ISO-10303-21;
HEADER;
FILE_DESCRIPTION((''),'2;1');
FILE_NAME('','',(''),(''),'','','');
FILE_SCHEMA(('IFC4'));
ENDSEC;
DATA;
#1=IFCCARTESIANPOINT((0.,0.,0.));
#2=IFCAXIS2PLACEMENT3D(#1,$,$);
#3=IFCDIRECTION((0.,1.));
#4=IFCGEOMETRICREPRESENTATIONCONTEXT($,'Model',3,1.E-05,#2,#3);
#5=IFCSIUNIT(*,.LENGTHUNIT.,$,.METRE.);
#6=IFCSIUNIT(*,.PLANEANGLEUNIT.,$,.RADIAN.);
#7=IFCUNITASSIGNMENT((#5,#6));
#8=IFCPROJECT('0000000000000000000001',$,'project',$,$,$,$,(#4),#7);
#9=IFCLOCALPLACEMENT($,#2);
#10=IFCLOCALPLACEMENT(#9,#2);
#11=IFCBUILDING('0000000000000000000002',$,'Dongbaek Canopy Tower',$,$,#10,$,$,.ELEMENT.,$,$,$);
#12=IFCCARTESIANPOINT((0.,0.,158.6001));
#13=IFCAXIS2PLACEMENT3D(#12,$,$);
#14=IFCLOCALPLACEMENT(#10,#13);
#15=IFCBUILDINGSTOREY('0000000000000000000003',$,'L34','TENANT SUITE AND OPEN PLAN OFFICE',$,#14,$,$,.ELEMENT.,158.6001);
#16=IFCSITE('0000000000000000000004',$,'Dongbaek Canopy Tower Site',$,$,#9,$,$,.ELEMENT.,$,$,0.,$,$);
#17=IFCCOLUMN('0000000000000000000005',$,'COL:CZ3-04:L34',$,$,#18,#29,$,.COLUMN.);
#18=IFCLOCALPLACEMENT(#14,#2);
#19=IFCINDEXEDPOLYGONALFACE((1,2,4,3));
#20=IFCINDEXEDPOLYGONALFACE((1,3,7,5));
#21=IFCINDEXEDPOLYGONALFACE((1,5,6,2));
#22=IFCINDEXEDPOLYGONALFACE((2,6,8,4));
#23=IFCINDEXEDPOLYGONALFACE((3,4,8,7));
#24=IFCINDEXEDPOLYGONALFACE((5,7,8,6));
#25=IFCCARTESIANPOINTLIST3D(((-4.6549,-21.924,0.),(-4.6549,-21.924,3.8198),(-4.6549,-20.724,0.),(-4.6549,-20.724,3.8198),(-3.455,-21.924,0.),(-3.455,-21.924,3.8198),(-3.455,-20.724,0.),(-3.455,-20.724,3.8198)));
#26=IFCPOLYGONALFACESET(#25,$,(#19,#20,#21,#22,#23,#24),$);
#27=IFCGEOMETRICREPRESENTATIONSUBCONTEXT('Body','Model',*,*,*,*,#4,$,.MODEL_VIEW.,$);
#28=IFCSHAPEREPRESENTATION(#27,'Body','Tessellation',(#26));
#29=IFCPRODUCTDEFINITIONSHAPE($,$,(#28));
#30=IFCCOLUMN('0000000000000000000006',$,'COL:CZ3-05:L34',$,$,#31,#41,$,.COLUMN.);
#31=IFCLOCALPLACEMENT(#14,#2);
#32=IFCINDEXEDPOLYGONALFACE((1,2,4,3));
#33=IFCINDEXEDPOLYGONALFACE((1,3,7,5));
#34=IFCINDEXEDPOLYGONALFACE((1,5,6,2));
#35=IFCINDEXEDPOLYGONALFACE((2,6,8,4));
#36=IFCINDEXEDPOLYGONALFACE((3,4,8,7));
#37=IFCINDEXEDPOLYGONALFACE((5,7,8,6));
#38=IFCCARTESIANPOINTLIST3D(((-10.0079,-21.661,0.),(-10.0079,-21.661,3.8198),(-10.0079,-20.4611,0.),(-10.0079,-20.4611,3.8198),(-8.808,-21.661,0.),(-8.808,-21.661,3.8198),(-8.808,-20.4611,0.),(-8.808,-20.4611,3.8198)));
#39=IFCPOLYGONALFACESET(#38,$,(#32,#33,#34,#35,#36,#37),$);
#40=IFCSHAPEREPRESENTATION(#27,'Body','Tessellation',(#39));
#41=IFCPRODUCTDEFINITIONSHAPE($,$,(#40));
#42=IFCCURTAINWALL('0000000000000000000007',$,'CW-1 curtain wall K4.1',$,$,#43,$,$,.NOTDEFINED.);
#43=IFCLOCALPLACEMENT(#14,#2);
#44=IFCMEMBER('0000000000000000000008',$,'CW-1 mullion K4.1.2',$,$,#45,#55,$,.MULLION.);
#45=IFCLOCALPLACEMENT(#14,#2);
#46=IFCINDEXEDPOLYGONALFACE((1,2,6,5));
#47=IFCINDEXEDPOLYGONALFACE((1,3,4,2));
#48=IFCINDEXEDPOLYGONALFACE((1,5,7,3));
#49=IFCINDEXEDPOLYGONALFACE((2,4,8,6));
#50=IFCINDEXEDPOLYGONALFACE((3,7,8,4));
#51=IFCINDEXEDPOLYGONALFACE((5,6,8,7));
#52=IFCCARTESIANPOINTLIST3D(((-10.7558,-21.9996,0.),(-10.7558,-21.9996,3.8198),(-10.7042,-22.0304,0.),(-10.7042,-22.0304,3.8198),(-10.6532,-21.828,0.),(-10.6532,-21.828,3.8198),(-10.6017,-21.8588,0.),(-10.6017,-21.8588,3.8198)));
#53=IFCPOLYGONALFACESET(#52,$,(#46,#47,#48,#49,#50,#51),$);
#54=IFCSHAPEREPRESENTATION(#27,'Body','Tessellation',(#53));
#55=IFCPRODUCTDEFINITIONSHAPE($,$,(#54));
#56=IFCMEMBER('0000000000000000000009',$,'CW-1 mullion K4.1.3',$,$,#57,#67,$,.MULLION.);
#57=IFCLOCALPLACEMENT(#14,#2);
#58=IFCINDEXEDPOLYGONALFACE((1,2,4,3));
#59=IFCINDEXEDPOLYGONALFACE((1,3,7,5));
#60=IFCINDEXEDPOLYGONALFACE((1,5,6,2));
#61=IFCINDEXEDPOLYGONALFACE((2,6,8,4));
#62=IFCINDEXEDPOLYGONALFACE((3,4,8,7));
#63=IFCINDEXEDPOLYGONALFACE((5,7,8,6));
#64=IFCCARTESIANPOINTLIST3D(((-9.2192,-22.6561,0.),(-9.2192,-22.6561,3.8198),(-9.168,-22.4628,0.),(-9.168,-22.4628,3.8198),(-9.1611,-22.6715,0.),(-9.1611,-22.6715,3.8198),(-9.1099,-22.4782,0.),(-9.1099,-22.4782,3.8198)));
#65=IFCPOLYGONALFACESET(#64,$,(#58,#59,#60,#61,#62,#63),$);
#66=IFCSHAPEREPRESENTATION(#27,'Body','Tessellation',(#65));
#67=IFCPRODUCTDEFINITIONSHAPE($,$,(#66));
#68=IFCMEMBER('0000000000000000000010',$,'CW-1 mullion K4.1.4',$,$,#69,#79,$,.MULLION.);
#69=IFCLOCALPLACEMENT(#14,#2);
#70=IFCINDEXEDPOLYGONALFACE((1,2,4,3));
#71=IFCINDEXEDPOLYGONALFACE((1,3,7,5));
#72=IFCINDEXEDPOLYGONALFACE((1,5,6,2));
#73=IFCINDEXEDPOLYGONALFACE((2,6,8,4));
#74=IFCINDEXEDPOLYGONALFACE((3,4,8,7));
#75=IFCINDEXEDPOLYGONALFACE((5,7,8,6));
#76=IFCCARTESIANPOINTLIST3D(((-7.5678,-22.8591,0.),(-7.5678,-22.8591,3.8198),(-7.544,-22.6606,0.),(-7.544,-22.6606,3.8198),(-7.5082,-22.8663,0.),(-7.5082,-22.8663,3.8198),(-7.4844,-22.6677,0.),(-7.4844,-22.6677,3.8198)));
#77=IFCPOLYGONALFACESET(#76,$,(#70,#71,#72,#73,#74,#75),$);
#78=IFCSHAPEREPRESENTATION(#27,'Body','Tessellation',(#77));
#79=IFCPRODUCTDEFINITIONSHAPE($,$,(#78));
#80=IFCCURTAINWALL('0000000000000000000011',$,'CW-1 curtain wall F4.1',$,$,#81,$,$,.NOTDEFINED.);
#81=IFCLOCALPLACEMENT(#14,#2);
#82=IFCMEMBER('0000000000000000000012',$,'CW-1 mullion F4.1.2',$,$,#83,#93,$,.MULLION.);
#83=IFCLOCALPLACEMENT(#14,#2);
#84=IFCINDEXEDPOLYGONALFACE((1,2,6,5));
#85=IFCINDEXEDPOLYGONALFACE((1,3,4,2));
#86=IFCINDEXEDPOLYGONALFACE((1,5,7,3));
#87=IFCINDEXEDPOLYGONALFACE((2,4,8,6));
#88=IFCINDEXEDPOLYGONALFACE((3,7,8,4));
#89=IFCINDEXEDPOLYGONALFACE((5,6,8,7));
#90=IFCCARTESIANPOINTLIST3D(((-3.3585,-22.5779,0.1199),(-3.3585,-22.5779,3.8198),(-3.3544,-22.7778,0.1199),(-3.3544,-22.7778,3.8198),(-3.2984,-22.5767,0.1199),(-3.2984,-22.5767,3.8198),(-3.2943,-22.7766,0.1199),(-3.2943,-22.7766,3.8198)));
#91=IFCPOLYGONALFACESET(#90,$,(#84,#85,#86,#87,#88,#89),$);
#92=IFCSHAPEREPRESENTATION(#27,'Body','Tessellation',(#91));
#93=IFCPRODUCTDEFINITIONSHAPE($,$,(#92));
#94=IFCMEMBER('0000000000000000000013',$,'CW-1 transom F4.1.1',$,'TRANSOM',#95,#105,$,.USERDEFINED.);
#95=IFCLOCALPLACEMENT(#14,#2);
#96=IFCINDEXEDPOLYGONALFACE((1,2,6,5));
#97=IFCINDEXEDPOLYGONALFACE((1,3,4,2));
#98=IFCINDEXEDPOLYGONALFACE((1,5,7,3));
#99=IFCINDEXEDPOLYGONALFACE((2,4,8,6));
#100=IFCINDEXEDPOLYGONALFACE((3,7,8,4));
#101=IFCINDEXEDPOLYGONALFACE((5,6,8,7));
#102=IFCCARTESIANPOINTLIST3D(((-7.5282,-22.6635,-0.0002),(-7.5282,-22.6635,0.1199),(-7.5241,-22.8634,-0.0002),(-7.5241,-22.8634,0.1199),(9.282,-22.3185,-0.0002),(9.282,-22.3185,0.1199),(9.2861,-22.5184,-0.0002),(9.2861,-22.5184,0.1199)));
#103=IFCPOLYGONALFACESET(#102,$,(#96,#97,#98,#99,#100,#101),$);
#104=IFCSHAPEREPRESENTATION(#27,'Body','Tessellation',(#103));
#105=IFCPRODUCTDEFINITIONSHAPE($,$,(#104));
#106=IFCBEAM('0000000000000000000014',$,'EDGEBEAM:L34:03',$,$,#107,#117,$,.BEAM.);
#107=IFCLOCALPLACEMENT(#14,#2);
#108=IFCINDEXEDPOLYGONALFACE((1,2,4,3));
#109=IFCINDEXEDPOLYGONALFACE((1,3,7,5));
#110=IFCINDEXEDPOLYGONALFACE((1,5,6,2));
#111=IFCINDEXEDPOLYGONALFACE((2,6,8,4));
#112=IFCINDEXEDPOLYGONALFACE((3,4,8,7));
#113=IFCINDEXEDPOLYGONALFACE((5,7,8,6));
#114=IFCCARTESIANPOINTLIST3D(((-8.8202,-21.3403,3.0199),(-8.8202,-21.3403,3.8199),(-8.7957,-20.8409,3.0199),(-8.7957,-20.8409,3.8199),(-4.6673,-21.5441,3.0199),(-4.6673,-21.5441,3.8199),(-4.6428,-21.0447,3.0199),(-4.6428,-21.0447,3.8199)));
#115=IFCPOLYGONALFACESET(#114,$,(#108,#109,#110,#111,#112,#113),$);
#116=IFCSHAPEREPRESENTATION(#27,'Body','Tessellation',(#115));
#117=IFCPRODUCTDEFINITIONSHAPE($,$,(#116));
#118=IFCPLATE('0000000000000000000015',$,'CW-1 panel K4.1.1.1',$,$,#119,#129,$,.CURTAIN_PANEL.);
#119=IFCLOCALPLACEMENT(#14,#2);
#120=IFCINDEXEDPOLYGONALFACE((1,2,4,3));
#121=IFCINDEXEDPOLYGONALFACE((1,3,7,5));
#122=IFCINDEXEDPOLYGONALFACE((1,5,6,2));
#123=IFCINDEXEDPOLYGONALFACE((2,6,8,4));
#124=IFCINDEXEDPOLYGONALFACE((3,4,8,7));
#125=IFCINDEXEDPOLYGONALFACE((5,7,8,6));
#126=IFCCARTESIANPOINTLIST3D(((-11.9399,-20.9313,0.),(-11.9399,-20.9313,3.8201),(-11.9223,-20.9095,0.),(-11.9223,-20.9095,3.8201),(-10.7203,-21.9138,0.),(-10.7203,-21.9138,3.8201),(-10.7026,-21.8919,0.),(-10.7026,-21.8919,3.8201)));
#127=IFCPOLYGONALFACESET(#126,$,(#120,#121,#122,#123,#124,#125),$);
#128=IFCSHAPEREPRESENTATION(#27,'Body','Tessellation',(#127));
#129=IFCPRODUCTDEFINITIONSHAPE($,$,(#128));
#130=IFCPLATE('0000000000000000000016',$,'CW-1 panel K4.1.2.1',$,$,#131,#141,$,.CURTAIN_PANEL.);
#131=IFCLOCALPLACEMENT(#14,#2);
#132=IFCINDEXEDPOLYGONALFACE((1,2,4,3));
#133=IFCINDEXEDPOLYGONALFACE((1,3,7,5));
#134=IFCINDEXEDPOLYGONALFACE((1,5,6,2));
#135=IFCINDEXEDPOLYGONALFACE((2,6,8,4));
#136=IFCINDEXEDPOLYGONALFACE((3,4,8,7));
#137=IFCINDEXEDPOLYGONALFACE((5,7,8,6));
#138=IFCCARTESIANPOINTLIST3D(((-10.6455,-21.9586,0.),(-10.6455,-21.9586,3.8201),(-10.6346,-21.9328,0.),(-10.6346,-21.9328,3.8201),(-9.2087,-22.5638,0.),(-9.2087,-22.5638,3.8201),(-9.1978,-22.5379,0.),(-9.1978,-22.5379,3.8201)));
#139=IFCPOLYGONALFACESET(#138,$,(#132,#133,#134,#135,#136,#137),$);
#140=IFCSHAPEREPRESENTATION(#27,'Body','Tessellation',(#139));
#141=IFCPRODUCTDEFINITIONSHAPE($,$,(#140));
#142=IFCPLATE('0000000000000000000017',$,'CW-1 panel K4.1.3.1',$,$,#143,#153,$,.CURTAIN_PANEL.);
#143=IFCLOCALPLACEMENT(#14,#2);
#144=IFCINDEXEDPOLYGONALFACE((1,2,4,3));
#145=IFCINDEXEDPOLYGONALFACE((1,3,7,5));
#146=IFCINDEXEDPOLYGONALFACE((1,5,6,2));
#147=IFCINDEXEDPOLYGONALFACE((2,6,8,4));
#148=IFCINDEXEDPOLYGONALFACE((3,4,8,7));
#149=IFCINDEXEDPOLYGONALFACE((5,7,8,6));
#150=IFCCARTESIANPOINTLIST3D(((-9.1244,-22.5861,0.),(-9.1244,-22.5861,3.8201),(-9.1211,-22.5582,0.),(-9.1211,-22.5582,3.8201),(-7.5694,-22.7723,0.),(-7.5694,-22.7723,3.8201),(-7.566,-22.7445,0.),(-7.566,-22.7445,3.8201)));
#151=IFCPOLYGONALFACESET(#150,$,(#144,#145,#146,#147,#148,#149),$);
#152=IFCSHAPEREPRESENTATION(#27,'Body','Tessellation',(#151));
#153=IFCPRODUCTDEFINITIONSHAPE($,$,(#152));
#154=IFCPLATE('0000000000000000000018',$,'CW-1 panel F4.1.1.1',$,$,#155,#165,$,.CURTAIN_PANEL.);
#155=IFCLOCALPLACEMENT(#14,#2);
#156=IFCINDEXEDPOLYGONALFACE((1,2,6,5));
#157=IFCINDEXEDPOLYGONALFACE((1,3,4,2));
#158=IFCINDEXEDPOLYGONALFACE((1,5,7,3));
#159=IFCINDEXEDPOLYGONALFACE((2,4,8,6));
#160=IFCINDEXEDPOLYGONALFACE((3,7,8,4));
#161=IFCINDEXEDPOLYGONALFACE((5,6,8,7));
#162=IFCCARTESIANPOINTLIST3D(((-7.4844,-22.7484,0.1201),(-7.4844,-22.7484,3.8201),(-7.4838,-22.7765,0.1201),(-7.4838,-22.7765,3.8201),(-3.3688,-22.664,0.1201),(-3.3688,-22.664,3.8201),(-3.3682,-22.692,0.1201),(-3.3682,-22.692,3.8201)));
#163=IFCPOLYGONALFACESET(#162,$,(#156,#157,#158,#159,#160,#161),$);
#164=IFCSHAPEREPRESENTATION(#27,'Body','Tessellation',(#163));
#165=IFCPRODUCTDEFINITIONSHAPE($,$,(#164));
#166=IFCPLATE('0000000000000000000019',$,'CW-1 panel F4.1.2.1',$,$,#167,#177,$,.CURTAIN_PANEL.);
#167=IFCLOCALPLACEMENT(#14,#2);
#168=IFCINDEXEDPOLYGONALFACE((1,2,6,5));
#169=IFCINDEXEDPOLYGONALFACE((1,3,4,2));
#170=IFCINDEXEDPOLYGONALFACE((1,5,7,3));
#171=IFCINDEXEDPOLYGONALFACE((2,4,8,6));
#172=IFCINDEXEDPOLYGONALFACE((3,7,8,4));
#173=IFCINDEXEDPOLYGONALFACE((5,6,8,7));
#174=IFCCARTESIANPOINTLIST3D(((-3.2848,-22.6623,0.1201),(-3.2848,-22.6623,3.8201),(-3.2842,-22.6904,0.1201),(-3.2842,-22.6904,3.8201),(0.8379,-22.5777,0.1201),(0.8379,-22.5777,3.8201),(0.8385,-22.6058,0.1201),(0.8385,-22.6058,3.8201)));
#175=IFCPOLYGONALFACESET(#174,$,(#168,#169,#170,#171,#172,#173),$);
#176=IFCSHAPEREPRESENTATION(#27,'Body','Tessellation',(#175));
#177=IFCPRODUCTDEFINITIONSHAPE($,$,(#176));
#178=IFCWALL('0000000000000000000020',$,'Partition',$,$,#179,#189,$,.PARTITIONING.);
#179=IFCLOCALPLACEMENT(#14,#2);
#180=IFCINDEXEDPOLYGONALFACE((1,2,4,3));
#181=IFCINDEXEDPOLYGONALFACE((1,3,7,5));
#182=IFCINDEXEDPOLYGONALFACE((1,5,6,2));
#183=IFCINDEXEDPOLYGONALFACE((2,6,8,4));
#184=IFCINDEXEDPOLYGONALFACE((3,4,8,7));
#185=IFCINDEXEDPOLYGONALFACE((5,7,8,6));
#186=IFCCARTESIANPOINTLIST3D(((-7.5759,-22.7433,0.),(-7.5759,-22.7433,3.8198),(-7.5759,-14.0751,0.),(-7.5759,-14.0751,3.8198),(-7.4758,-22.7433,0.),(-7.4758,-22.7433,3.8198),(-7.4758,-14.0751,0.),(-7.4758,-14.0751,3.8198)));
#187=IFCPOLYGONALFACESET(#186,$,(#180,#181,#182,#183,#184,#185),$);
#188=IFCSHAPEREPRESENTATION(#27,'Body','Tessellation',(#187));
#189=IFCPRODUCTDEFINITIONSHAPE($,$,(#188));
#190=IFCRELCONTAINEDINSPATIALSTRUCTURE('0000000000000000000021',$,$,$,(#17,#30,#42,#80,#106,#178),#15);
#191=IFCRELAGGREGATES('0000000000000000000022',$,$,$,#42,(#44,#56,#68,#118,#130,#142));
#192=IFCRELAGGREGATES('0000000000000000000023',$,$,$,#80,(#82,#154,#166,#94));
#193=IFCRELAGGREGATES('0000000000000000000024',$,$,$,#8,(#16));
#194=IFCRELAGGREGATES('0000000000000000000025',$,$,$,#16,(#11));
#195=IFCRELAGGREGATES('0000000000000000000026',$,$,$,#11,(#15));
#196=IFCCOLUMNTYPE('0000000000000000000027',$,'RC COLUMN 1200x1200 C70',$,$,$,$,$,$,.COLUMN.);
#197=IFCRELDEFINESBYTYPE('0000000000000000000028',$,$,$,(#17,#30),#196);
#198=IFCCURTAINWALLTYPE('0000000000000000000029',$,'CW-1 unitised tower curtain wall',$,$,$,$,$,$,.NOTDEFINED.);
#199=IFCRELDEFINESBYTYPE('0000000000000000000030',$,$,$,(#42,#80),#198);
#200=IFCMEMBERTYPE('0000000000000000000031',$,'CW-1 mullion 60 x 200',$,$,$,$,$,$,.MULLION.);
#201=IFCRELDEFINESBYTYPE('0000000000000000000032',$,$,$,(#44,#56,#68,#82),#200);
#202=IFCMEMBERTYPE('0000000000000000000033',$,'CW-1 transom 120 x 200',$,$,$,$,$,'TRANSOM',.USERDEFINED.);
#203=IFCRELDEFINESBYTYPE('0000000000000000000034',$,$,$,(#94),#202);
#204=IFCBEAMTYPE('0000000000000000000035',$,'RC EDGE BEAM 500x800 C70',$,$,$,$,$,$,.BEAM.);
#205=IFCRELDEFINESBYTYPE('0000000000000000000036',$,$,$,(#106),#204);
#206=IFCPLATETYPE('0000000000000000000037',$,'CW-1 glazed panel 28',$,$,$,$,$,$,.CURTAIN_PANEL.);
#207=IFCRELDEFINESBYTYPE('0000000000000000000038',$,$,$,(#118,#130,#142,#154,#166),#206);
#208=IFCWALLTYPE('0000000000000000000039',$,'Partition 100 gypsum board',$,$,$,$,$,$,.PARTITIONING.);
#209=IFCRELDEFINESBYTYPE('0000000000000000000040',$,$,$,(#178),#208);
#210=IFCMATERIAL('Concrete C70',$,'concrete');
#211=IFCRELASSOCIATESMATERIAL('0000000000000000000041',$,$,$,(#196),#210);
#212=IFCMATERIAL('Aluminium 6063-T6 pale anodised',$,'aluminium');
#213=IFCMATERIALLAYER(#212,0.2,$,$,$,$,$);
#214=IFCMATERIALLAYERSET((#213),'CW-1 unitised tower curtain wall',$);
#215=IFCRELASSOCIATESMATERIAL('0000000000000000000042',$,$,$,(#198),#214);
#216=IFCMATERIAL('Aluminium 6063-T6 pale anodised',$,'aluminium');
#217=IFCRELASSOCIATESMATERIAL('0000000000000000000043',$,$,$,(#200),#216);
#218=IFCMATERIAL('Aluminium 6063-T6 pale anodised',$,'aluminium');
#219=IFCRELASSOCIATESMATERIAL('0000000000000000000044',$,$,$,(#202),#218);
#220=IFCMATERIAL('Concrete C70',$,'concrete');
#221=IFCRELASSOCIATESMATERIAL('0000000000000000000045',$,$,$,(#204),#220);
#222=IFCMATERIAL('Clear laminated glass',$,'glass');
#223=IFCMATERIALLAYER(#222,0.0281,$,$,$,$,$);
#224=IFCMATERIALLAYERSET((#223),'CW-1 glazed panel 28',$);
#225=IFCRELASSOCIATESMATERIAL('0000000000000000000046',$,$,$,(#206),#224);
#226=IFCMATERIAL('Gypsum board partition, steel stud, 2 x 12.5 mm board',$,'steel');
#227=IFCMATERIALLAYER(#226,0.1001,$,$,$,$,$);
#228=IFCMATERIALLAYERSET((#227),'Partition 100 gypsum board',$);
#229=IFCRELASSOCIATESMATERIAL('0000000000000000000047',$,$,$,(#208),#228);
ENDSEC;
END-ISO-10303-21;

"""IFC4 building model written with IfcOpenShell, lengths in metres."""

from ifc_helpers import new_model, si_unit, direction, frame, frame_2d, origin, origin_2d, place, context, subcontext, project, spatial, rectangle, extrude, material, layer, layer_set, material_profile, profile_set, type_object, element, aggregate, save


model = new_model("IFC4")

# Units and contexts
model_context = context("Model", 3, precision=1e-05, world=origin(), true_north=direction((0.0, 1.0)))
body_context = subcontext(model_context, "Body", "Model", "MODEL_VIEW")
ifc_project = project(units=[si_unit("LENGTHUNIT", "METRE"), si_unit("PLANEANGLEUNIT", "RADIAN")], contexts=[model_context])

# Site, building, storey
site_placement = place(None, origin())
site = spatial("IfcSite", under=ifc_project, at=site_placement, Name="Dongbaek Canopy Tower Site", CompositionType="ELEMENT", RefElevation=0.0)
building_placement = place(site_placement, origin())
building = spatial("IfcBuilding", under=site, at=building_placement, Name="Dongbaek Canopy Tower", CompositionType="ELEMENT")
storey_placement = place(building_placement, frame((0.0, 0.0, 158.6001)))
storey = spatial("IfcBuildingStorey", under=building, at=storey_placement, Name="L34", Description="TENANT SUITE AND OPEN PLAN OFFICE", CompositionType="ELEMENT", Elevation=158.6001)

# Columns
ifc_material_1 = material(Name="Concrete C70", Category="concrete")
ifc_material_profile_1 = material_profile(ifc_material_1, rectangle(XDim=1.2, YDim=1.2, at=origin_2d()), Name="RC COLUMN 1200x1200 C70")
ifc_profile_set_1 = profile_set([ifc_material_profile_1], Name="Concrete C70")
column_type = type_object("IfcColumnType", Name="RC COLUMN 1200x1200 C70", PredefinedType="COLUMN", material=ifc_profile_set_1)
for number, where, z_axis, x_axis, name in (
    (1, (-4.0549, -21.324, 0.0), (0.0, 0.0, 1.0), (1.0, 0.0, 0.0), "COL:CZ3-04:L34"),
    (2, (-9.408, -21.061, 0.0), (0.0, 0.0, 1.0), (1.0, 0.0, 0.0), "COL:CZ3-05:L34"),
):
    element("IfcColumn", number, at=place(storey_placement, frame(where, z_axis=z_axis, x_axis=x_axis)), inside=storey, type_object=column_type, Name=name, PredefinedType="COLUMN", context=body_context, shape_type="SweptSolid", body=[
        extrude(rectangle(XDim=1.2, YDim=1.2, at=origin_2d()), origin(), (0.0, 0.0, 1.0), 3.8198),
    ])

# Curtain walls, members
ifc_material_2 = material(Name="Aluminium 6063-T6 pale anodised", Category="aluminium")
ifc_layer_1 = layer(ifc_material_2, 0.2)
ifc_layer_set_1 = layer_set([ifc_layer_1], Name="CW-1 unitised tower curtain wall")
curtain_wall_type = type_object("IfcCurtainWallType", Name="CW-1 unitised tower curtain wall", PredefinedType="NOTDEFINED", material=ifc_layer_set_1)
curtain_wall_1_placement = place(storey_placement, origin())
curtain_wall_1 = element("IfcCurtainWall", 3, at=curtain_wall_1_placement, inside=storey, type_object=curtain_wall_type, Name="CW-1 curtain wall K4.1", PredefinedType="NOTDEFINED")
ifc_material_3 = material(Name="Aluminium 6063-T6 pale anodised", Category="aluminium")
ifc_material_profile_2 = material_profile(ifc_material_3, rectangle(XDim=0.2, YDim=0.0601, at=origin_2d()), Name="CW-1 mullion 60 x 200")
ifc_profile_set_2 = profile_set([ifc_material_profile_2], Name="Aluminium 6063-T6 pale anodised")
member_type_1 = type_object("IfcMemberType", Name="CW-1 mullion 60 x 200", PredefinedType="MULLION", material=ifc_profile_set_2)
member_1_placement = place(storey_placement, frame((-10.6787, -21.9292, 0.0), z_axis=(0.0, 0.0, 1.0), x_axis=(-0.512735, -0.858547, 0.0)))
member_1 = element("IfcMember", 4, at=member_1_placement, type_object=member_type_1, Name="CW-1 mullion K4.1.2", PredefinedType="MULLION", context=body_context, shape_type="SweptSolid", body=[
    extrude(rectangle(XDim=0.2, YDim=0.0601, at=origin_2d()), origin(), (0.0, 0.0, 1.0), 3.8198),
])
member_2_placement = place(storey_placement, frame((-9.1646, -22.5671, 0.0), z_axis=(0.0, 0.0, 1.0), x_axis=(-0.256042, -0.966666, 0.0)))
member_2 = element("IfcMember", 5, at=member_2_placement, type_object=member_type_1, Name="CW-1 mullion K4.1.3", PredefinedType="MULLION", context=body_context, shape_type="SweptSolid", body=[
    extrude(rectangle(XDim=0.2, YDim=0.0601, at=origin_2d()), origin(), (0.0, 0.0, 1.0), 3.8198),
])
member_3_placement = place(storey_placement, frame((-7.5261, -22.7634, 0.0), z_axis=(0.0, 0.0, 1.0), x_axis=(-0.118922, -0.992904, 0.0)))
member_3 = element("IfcMember", 6, at=member_3_placement, type_object=member_type_1, Name="CW-1 mullion K4.1.4", PredefinedType="MULLION", context=body_context, shape_type="SweptSolid", body=[
    extrude(rectangle(XDim=0.2, YDim=0.0601, at=origin_2d()), origin(), (0.0, 0.0, 1.0), 3.8198),
])
curtain_wall_2_placement = place(storey_placement, origin())
curtain_wall_2 = element("IfcCurtainWall", 7, at=curtain_wall_2_placement, inside=storey, type_object=curtain_wall_type, Name="CW-1 curtain wall F4.1", PredefinedType="NOTDEFINED")
member_4_placement = place(storey_placement, frame((-3.3264, -22.6772, 0.1199), z_axis=(0.0, 0.0, 1.0), x_axis=(0.020515, -0.99979, 0.0)))
member_4 = element("IfcMember", 8, at=member_4_placement, type_object=member_type_1, Name="CW-1 mullion F4.1.2", PredefinedType="MULLION", context=body_context, shape_type="SweptSolid", body=[
    extrude(rectangle(XDim=0.2, YDim=0.0601, at=origin_2d()), origin(), (0.0, 0.0, 1.0), 3.7),
])
ifc_material_4 = material(Name="Aluminium 6063-T6 pale anodised", Category="aluminium")
ifc_material_profile_3 = material_profile(ifc_material_4, rectangle(XDim=0.2, YDim=0.1201, at=origin_2d()), Name="CW-1 transom 120 x 200")
ifc_profile_set_3 = profile_set([ifc_material_profile_3], Name="Aluminium 6063-T6 pale anodised")
member_type_2 = type_object("IfcMemberType", Name="CW-1 transom 120 x 200", ElementType="TRANSOM", PredefinedType="USERDEFINED", material=ifc_profile_set_3)
member_5_placement = place(storey_placement, frame((-7.5261, -22.7634, 0.0598), z_axis=(0.99979, 0.020517, 0.0), x_axis=(-0.020517, 0.99979, 0.0)))
member_5 = element("IfcMember", 9, at=member_5_placement, type_object=member_type_2, Name="CW-1 transom F4.1.1", ObjectType="TRANSOM", PredefinedType="USERDEFINED", context=body_context, shape_type="SweptSolid", body=[
    extrude(rectangle(XDim=0.2, YDim=0.1201, at=origin_2d()), origin(), (0.0, 0.0, 1.0), 16.8137),
])

# Beam
ifc_material_5 = material(Name="Concrete C70", Category="concrete")
ifc_material_profile_4 = material_profile(ifc_material_5, rectangle(XDim=0.5, YDim=0.8, at=origin_2d()), Name="RC EDGE BEAM 500x800 C70")
ifc_profile_set_4 = profile_set([ifc_material_profile_4], Name="Concrete C70")
beam_type = type_object("IfcBeamType", Name="RC EDGE BEAM 500x800 C70", PredefinedType="BEAM", material=ifc_profile_set_4)
beam_placement = place(storey_placement, frame((-4.655, -21.2944, 3.4199), z_axis=(-0.998797, 0.049027, 0.0), x_axis=(-0.049027, -0.998797, 0.0)))
element("IfcBeam", 10, at=beam_placement, inside=storey, type_object=beam_type, Name="EDGEBEAM:L34:03", PredefinedType="BEAM", context=body_context, shape_type="SweptSolid", body=[
    extrude(rectangle(XDim=0.5, YDim=0.8, at=origin_2d()), origin(), (0.0, 0.0, 1.0), 4.158),
])

# Plates
ifc_material_6 = material(Name="Clear laminated glass", Category="glass")
ifc_layer_2 = layer(ifc_material_6, 0.0281)
ifc_layer_set_2 = layer_set([ifc_layer_2], Name="CW-1 glazed panel 28")
plate_type = type_object("IfcPlateType", Name="CW-1 glazed panel 28", PredefinedType="CURTAIN_PANEL", material=ifc_layer_set_2)
plate_1_placement = place(storey_placement, frame((-11.3213, -21.4116, 0.0), z_axis=(0.0, 0.0, 1.0), x_axis=(0.778774, -0.627305, 0.0)))
plate_1 = element("IfcPlate", 11, at=plate_1_placement, type_object=plate_type, Name="CW-1 panel K4.1.1.1", PredefinedType="CURTAIN_PANEL", context=body_context, shape_type="SweptSolid", body=[
    extrude(rectangle(XDim=1.5662, YDim=0.0281, at=origin_2d()), origin(), (0.0, 0.0, 1.0), 3.8201),
])
plate_2_placement = place(storey_placement, frame((-9.9216, -22.2483, 0.0), z_axis=(0.0, 0.0, 1.0), x_axis=(0.921587, -0.388171, 0.0)))
plate_2 = element("IfcPlate", 12, at=plate_2_placement, type_object=plate_type, Name="CW-1 panel K4.1.2.1", PredefinedType="CURTAIN_PANEL", context=body_context, shape_type="SweptSolid", body=[
    extrude(rectangle(XDim=1.5591, YDim=0.0281, at=origin_2d()), origin(), (0.0, 0.0, 1.0), 3.8201),
])
plate_3_placement = place(storey_placement, frame((-8.3452, -22.6653, 0.0), z_axis=(0.0, 0.0, 1.0), x_axis=(0.992904, -0.118922, 0.0)))
plate_3 = element("IfcPlate", 13, at=plate_3_placement, type_object=plate_type, Name="CW-1 panel K4.1.3.1", PredefinedType="CURTAIN_PANEL", context=body_context, shape_type="SweptSolid", body=[
    extrude(rectangle(XDim=1.5662, YDim=0.0281, at=origin_2d()), origin(), (0.0, 0.0, 1.0), 3.8201),
])
plate_4_placement = place(storey_placement, frame((-5.4263, -22.7202, 0.1201), z_axis=(0.0, 0.0, 1.0), x_axis=(0.99979, 0.020515, 0.0)))
plate_4 = element("IfcPlate", 14, at=plate_4_placement, type_object=plate_type, Name="CW-1 panel F4.1.1.1", PredefinedType="CURTAIN_PANEL", context=body_context, shape_type="SweptSolid", body=[
    extrude(rectangle(XDim=4.1165, YDim=0.0281, at=origin_2d()), origin(), (0.0, 0.0, 1.0), 3.7),
])
plate_5_placement = place(storey_placement, frame((-1.2231, -22.634, 0.1201), z_axis=(0.0, 0.0, 1.0), x_axis=(0.99979, 0.020515, 0.0)))
plate_5 = element("IfcPlate", 15, at=plate_5_placement, type_object=plate_type, Name="CW-1 panel F4.1.2.1", PredefinedType="CURTAIN_PANEL", context=body_context, shape_type="SweptSolid", body=[
    extrude(rectangle(XDim=4.1235, YDim=0.0281, at=origin_2d()), origin(), (0.0, 0.0, 1.0), 3.7),
])

# Wall
ifc_material_7 = material(Name="Gypsum board partition, steel stud, 2 x 12.5 mm board", Category="steel")
ifc_layer_3 = layer(ifc_material_7, 0.1001)
ifc_layer_set_3 = layer_set([ifc_layer_3], Name="Partition 100 gypsum board")
wall_type = type_object("IfcWallType", Name="Partition 100 gypsum board", PredefinedType="PARTITIONING", material=ifc_layer_set_3)
wall_placement = place(storey_placement, frame((-7.5259, -22.7432, 0.0), z_axis=(0.0, 0.0, 1.0), x_axis=(0.0, 1.0, 0.0)))
element("IfcWall", 16, at=wall_placement, inside=storey, type_object=wall_type, Name="Partition", PredefinedType="PARTITIONING", context=body_context, shape_type="SweptSolid", body=[
    extrude(rectangle(XDim=8.6682, YDim=0.1001, at=frame_2d((4.334, 0.0))), origin(), (0.0, 0.0, 1.0), 3.8198),
])

aggregate(curtain_wall_1, [member_1, member_2, member_3, plate_1, plate_2, plate_3])

aggregate(curtain_wall_2, [member_4, plate_4, plate_5, member_5])

save(model, "model.ifc")
